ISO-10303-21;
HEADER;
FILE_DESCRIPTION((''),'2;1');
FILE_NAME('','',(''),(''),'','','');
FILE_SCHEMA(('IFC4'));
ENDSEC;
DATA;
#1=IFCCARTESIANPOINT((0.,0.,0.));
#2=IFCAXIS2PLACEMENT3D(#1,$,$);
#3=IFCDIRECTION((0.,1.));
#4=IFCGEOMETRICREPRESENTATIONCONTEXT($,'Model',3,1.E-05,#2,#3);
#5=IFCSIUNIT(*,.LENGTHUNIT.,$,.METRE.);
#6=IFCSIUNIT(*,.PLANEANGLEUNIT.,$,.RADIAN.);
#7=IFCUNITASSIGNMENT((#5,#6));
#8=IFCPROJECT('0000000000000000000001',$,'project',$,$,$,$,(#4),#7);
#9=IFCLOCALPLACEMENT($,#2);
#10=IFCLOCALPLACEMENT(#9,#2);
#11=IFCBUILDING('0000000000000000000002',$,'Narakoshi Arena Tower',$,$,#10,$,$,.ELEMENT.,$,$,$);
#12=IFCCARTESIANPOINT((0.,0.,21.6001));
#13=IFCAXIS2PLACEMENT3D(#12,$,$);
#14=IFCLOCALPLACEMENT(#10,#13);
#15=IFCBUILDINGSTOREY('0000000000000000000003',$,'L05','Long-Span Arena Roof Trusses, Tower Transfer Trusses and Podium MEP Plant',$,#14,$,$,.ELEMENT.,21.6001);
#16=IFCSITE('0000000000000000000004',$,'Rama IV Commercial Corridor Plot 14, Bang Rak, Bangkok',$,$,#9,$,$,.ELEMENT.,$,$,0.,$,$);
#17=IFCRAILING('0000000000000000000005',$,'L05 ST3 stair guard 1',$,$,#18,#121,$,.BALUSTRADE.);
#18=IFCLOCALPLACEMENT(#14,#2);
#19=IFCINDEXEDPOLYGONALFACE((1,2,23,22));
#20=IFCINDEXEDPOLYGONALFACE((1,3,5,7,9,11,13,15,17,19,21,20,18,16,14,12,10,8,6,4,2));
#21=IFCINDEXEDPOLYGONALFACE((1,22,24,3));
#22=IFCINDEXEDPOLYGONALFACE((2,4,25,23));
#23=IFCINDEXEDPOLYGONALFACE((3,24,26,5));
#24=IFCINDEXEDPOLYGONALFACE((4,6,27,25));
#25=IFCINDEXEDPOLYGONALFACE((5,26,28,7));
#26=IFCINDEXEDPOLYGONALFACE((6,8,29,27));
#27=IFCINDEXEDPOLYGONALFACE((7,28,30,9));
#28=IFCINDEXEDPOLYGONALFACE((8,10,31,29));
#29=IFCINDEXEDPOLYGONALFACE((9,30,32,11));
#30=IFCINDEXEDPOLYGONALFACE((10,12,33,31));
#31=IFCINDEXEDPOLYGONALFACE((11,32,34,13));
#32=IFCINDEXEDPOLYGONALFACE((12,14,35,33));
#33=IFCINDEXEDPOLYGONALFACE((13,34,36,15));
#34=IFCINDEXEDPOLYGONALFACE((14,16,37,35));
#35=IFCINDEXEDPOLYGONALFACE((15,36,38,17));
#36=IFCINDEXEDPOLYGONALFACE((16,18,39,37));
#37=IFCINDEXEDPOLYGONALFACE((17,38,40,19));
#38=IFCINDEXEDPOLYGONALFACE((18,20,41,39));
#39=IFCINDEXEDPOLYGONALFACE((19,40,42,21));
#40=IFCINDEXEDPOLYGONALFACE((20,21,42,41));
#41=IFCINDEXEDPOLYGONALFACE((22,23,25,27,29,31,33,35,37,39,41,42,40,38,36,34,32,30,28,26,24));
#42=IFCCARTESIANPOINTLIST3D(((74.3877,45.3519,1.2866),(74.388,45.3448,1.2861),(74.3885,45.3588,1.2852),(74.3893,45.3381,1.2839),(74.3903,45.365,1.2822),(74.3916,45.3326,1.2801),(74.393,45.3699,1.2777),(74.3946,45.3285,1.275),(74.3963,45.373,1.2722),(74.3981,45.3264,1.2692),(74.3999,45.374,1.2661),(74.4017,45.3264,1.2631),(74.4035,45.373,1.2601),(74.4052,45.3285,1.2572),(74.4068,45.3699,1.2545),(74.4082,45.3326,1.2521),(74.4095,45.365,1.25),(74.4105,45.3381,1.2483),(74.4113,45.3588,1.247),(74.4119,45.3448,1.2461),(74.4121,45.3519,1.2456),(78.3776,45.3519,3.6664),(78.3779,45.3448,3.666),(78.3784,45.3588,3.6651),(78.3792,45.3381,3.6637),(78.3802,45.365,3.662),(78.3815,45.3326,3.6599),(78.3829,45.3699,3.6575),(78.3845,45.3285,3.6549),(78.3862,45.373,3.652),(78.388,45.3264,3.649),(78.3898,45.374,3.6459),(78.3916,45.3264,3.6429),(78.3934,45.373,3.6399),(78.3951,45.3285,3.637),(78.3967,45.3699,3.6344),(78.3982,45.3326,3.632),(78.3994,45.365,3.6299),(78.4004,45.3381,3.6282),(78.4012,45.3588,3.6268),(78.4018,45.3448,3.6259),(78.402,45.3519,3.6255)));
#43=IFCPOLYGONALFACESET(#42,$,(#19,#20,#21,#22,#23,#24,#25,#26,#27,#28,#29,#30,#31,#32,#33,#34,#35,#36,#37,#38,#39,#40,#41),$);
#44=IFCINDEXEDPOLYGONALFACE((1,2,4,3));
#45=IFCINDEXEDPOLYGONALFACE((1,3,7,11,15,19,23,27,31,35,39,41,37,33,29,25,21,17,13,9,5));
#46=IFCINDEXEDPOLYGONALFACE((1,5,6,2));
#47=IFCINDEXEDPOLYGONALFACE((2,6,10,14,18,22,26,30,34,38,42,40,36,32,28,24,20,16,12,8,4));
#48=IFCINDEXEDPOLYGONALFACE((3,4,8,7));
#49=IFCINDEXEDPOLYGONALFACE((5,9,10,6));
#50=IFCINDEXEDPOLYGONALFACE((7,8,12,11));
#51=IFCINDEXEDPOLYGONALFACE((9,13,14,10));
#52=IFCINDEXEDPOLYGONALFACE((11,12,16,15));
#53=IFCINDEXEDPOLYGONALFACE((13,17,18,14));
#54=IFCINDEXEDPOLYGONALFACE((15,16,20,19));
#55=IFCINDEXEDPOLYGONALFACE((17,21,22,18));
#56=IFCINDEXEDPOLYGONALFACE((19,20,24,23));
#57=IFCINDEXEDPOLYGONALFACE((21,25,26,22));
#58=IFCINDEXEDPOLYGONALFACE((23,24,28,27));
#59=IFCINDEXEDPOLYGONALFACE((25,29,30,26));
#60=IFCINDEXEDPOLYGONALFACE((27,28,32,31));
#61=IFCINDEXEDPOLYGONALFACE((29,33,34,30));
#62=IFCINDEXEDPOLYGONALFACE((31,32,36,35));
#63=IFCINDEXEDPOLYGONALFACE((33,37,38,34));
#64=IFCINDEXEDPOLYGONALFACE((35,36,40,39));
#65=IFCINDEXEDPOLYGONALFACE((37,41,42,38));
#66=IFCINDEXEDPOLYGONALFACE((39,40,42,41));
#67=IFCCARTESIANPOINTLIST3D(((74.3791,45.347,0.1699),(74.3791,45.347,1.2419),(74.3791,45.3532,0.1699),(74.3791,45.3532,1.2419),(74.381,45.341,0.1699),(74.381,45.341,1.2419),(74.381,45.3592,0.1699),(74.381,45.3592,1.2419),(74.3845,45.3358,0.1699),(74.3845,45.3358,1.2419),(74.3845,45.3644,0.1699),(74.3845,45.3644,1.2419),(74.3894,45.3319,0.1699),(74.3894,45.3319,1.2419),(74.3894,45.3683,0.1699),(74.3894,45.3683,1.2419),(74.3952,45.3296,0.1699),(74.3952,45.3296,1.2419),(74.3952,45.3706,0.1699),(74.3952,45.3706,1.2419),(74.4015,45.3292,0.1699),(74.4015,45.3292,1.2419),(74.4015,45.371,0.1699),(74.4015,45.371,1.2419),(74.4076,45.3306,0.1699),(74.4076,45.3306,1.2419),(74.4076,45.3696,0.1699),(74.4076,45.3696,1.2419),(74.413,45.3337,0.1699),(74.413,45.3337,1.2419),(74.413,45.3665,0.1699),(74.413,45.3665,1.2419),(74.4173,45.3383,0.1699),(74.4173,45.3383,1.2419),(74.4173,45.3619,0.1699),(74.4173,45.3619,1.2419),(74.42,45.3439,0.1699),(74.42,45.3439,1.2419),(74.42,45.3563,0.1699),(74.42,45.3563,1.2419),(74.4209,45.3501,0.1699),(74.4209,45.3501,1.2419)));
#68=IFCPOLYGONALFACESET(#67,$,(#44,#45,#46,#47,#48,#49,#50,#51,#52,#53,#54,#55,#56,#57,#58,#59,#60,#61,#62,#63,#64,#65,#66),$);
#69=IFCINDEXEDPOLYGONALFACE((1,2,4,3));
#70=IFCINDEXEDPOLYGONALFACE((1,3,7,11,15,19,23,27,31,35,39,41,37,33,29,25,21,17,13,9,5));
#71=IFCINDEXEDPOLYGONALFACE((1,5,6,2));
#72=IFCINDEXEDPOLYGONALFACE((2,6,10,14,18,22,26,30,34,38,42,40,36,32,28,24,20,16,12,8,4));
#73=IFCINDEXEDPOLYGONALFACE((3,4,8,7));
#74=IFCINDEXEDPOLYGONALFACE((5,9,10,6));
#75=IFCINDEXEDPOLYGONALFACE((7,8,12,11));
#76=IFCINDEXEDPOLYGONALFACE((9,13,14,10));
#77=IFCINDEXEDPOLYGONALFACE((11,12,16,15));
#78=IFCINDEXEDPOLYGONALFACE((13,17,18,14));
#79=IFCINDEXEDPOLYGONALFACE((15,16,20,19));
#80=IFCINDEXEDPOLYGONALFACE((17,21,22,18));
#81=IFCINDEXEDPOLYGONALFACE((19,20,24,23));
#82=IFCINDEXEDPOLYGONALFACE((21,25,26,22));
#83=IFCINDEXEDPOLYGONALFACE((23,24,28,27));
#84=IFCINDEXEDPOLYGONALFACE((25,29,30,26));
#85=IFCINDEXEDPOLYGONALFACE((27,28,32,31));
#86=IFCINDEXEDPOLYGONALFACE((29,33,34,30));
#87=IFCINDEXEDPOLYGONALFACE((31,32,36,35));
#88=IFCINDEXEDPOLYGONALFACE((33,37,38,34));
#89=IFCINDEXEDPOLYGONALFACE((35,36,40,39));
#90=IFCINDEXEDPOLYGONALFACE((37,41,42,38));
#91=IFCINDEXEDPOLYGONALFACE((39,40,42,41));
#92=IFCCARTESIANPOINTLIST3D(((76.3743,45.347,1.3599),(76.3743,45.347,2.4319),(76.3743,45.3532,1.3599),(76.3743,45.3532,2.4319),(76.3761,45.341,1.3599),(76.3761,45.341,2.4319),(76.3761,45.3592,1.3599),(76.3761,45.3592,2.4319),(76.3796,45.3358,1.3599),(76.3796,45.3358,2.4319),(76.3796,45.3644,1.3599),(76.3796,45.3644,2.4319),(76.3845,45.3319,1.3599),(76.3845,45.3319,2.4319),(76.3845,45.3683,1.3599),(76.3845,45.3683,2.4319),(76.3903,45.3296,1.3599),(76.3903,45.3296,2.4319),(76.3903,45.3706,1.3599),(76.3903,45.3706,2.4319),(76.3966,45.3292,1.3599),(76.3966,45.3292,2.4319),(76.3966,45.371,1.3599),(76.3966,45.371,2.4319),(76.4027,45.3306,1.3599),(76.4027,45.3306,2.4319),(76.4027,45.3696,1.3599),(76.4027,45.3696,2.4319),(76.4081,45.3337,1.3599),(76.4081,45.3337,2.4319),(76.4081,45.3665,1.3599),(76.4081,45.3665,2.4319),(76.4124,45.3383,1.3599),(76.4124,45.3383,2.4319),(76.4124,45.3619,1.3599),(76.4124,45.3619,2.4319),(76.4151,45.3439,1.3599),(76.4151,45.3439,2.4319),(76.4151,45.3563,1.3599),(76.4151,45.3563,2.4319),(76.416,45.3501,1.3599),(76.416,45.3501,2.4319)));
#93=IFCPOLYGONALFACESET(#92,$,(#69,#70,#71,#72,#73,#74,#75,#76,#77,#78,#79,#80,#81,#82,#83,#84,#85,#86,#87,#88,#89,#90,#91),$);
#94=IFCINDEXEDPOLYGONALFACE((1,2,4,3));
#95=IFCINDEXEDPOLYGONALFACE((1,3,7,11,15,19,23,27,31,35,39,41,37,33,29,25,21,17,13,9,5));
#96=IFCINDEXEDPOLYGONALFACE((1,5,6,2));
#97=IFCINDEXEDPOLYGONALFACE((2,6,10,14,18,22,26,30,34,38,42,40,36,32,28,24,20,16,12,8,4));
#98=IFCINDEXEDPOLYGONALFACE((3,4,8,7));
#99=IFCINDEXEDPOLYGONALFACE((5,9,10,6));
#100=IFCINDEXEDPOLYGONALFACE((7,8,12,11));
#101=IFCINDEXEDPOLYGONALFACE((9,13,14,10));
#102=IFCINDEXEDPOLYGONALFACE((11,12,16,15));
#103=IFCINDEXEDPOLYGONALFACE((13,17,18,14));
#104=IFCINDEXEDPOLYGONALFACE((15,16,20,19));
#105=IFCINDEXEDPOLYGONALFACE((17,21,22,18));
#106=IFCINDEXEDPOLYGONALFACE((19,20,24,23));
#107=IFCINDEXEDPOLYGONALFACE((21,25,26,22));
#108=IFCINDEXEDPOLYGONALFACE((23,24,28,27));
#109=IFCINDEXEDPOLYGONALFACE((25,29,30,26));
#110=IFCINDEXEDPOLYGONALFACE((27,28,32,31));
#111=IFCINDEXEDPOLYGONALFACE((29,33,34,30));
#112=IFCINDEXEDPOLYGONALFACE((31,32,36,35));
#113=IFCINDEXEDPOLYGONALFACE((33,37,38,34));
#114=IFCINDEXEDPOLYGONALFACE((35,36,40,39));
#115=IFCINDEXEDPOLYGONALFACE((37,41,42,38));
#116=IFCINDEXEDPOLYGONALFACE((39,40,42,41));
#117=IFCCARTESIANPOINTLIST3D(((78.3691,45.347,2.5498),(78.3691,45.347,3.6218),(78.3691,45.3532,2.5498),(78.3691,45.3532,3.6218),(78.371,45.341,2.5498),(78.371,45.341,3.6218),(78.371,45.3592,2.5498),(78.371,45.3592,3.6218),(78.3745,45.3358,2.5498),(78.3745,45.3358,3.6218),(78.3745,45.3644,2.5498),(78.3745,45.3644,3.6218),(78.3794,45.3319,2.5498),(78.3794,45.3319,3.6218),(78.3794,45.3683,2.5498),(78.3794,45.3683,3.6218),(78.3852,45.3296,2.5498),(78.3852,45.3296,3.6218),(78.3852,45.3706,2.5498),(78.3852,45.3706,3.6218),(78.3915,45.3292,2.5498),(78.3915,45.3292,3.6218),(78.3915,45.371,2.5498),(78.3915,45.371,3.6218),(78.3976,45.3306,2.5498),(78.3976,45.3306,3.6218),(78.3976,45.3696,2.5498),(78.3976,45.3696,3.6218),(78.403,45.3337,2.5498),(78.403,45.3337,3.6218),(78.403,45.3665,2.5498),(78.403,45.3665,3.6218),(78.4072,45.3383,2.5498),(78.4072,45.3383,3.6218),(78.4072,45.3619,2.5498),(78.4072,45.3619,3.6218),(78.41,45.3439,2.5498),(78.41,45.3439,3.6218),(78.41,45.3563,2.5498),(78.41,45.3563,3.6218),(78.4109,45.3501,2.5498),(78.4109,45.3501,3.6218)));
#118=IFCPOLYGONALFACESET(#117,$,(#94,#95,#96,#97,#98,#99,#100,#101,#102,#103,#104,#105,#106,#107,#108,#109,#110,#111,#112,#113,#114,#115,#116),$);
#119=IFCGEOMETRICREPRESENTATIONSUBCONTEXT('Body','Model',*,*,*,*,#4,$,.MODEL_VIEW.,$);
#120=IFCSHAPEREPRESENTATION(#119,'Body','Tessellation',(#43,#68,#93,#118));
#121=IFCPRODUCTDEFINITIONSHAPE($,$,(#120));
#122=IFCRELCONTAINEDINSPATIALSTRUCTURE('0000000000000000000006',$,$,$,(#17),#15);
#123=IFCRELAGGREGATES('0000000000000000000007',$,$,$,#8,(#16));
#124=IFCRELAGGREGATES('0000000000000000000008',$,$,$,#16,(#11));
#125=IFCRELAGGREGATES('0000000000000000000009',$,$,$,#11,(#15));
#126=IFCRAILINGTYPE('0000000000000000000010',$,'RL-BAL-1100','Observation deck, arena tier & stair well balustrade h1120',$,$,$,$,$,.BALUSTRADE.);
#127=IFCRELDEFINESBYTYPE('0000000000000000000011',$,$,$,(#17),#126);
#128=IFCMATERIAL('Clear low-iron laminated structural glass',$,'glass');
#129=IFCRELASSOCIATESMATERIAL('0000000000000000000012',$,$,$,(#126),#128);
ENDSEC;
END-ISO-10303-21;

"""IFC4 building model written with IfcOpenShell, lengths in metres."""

from ifc_helpers import new_model, si_unit, direction, frame, origin, origin_2d, place, context, subcontext, project, spatial, circle, extrude, material, type_object, element, save


model = new_model("IFC4")

# Units and contexts
model_context = context("Model", 3, precision=1e-05, world=origin(), true_north=direction((0.0, 1.0)))
body_context = subcontext(model_context, "Body", "Model", "MODEL_VIEW")
ifc_project = project(units=[si_unit("LENGTHUNIT", "METRE"), si_unit("PLANEANGLEUNIT", "RADIAN")], contexts=[model_context])

# Site, building, storey
site_placement = place(None, origin())
site = spatial("IfcSite", under=ifc_project, at=site_placement, Name="Rama IV Commercial Corridor Plot 14, Bang Rak, Bangkok", CompositionType="ELEMENT", RefElevation=0.0)
building_placement = place(site_placement, origin())
building = spatial("IfcBuilding", under=site, at=building_placement, Name="Narakoshi Arena Tower", CompositionType="ELEMENT")
storey_placement = place(building_placement, frame((0.0, 0.0, 21.6001)))
storey = spatial("IfcBuildingStorey", under=building, at=storey_placement, Name="L05", Description="Long-Span Arena Roof Trusses, Tower Transfer Trusses and Podium MEP Plant", CompositionType="ELEMENT", Elevation=21.6001)

# Railing
ifc_material_1 = material(Name="Clear low-iron laminated structural glass", Category="glass")
railing_type_1 = type_object("IfcRailingType", Name="RL-BAL-1100", Description="Observation deck, arena tier & stair well balustrade h1120", PredefinedType="BALUSTRADE", material=ifc_material_1)
for number, where, name in (
    (1, (74.3999, 45.3501, 0.1699), "L05 ST3 stair guard 1"),
):
    element("IfcRailing", number, at=place(storey_placement, frame(where)), inside=storey, type_object=railing_type_1, Name=name, PredefinedType="BALUSTRADE", context=body_context, shape_type="SweptSolid", body=[
        extrude(circle(Radius=0.0239, at=origin_2d()), frame((0.0, 0.0, 1.0962), z_axis=(0.85883, 0.0, 0.512261), x_axis=(0.0, 1.0, 0.0)), (0.0, 0.0, 1.0), 4.6458),
        extrude(circle(Radius=0.021, at=origin_2d()), origin(), (0.0, 0.0, 1.0), 1.072),
        extrude(circle(Radius=0.021, at=origin_2d()), frame((1.9951, 0.0, 1.1899)), (0.0, 0.0, 1.0), 1.072),
        extrude(circle(Radius=0.021, at=origin_2d()), frame((3.99, 0.0, 2.3799)), (0.0, 0.0, 1.0), 1.072),
    ])

save(model, "model.ifc")
